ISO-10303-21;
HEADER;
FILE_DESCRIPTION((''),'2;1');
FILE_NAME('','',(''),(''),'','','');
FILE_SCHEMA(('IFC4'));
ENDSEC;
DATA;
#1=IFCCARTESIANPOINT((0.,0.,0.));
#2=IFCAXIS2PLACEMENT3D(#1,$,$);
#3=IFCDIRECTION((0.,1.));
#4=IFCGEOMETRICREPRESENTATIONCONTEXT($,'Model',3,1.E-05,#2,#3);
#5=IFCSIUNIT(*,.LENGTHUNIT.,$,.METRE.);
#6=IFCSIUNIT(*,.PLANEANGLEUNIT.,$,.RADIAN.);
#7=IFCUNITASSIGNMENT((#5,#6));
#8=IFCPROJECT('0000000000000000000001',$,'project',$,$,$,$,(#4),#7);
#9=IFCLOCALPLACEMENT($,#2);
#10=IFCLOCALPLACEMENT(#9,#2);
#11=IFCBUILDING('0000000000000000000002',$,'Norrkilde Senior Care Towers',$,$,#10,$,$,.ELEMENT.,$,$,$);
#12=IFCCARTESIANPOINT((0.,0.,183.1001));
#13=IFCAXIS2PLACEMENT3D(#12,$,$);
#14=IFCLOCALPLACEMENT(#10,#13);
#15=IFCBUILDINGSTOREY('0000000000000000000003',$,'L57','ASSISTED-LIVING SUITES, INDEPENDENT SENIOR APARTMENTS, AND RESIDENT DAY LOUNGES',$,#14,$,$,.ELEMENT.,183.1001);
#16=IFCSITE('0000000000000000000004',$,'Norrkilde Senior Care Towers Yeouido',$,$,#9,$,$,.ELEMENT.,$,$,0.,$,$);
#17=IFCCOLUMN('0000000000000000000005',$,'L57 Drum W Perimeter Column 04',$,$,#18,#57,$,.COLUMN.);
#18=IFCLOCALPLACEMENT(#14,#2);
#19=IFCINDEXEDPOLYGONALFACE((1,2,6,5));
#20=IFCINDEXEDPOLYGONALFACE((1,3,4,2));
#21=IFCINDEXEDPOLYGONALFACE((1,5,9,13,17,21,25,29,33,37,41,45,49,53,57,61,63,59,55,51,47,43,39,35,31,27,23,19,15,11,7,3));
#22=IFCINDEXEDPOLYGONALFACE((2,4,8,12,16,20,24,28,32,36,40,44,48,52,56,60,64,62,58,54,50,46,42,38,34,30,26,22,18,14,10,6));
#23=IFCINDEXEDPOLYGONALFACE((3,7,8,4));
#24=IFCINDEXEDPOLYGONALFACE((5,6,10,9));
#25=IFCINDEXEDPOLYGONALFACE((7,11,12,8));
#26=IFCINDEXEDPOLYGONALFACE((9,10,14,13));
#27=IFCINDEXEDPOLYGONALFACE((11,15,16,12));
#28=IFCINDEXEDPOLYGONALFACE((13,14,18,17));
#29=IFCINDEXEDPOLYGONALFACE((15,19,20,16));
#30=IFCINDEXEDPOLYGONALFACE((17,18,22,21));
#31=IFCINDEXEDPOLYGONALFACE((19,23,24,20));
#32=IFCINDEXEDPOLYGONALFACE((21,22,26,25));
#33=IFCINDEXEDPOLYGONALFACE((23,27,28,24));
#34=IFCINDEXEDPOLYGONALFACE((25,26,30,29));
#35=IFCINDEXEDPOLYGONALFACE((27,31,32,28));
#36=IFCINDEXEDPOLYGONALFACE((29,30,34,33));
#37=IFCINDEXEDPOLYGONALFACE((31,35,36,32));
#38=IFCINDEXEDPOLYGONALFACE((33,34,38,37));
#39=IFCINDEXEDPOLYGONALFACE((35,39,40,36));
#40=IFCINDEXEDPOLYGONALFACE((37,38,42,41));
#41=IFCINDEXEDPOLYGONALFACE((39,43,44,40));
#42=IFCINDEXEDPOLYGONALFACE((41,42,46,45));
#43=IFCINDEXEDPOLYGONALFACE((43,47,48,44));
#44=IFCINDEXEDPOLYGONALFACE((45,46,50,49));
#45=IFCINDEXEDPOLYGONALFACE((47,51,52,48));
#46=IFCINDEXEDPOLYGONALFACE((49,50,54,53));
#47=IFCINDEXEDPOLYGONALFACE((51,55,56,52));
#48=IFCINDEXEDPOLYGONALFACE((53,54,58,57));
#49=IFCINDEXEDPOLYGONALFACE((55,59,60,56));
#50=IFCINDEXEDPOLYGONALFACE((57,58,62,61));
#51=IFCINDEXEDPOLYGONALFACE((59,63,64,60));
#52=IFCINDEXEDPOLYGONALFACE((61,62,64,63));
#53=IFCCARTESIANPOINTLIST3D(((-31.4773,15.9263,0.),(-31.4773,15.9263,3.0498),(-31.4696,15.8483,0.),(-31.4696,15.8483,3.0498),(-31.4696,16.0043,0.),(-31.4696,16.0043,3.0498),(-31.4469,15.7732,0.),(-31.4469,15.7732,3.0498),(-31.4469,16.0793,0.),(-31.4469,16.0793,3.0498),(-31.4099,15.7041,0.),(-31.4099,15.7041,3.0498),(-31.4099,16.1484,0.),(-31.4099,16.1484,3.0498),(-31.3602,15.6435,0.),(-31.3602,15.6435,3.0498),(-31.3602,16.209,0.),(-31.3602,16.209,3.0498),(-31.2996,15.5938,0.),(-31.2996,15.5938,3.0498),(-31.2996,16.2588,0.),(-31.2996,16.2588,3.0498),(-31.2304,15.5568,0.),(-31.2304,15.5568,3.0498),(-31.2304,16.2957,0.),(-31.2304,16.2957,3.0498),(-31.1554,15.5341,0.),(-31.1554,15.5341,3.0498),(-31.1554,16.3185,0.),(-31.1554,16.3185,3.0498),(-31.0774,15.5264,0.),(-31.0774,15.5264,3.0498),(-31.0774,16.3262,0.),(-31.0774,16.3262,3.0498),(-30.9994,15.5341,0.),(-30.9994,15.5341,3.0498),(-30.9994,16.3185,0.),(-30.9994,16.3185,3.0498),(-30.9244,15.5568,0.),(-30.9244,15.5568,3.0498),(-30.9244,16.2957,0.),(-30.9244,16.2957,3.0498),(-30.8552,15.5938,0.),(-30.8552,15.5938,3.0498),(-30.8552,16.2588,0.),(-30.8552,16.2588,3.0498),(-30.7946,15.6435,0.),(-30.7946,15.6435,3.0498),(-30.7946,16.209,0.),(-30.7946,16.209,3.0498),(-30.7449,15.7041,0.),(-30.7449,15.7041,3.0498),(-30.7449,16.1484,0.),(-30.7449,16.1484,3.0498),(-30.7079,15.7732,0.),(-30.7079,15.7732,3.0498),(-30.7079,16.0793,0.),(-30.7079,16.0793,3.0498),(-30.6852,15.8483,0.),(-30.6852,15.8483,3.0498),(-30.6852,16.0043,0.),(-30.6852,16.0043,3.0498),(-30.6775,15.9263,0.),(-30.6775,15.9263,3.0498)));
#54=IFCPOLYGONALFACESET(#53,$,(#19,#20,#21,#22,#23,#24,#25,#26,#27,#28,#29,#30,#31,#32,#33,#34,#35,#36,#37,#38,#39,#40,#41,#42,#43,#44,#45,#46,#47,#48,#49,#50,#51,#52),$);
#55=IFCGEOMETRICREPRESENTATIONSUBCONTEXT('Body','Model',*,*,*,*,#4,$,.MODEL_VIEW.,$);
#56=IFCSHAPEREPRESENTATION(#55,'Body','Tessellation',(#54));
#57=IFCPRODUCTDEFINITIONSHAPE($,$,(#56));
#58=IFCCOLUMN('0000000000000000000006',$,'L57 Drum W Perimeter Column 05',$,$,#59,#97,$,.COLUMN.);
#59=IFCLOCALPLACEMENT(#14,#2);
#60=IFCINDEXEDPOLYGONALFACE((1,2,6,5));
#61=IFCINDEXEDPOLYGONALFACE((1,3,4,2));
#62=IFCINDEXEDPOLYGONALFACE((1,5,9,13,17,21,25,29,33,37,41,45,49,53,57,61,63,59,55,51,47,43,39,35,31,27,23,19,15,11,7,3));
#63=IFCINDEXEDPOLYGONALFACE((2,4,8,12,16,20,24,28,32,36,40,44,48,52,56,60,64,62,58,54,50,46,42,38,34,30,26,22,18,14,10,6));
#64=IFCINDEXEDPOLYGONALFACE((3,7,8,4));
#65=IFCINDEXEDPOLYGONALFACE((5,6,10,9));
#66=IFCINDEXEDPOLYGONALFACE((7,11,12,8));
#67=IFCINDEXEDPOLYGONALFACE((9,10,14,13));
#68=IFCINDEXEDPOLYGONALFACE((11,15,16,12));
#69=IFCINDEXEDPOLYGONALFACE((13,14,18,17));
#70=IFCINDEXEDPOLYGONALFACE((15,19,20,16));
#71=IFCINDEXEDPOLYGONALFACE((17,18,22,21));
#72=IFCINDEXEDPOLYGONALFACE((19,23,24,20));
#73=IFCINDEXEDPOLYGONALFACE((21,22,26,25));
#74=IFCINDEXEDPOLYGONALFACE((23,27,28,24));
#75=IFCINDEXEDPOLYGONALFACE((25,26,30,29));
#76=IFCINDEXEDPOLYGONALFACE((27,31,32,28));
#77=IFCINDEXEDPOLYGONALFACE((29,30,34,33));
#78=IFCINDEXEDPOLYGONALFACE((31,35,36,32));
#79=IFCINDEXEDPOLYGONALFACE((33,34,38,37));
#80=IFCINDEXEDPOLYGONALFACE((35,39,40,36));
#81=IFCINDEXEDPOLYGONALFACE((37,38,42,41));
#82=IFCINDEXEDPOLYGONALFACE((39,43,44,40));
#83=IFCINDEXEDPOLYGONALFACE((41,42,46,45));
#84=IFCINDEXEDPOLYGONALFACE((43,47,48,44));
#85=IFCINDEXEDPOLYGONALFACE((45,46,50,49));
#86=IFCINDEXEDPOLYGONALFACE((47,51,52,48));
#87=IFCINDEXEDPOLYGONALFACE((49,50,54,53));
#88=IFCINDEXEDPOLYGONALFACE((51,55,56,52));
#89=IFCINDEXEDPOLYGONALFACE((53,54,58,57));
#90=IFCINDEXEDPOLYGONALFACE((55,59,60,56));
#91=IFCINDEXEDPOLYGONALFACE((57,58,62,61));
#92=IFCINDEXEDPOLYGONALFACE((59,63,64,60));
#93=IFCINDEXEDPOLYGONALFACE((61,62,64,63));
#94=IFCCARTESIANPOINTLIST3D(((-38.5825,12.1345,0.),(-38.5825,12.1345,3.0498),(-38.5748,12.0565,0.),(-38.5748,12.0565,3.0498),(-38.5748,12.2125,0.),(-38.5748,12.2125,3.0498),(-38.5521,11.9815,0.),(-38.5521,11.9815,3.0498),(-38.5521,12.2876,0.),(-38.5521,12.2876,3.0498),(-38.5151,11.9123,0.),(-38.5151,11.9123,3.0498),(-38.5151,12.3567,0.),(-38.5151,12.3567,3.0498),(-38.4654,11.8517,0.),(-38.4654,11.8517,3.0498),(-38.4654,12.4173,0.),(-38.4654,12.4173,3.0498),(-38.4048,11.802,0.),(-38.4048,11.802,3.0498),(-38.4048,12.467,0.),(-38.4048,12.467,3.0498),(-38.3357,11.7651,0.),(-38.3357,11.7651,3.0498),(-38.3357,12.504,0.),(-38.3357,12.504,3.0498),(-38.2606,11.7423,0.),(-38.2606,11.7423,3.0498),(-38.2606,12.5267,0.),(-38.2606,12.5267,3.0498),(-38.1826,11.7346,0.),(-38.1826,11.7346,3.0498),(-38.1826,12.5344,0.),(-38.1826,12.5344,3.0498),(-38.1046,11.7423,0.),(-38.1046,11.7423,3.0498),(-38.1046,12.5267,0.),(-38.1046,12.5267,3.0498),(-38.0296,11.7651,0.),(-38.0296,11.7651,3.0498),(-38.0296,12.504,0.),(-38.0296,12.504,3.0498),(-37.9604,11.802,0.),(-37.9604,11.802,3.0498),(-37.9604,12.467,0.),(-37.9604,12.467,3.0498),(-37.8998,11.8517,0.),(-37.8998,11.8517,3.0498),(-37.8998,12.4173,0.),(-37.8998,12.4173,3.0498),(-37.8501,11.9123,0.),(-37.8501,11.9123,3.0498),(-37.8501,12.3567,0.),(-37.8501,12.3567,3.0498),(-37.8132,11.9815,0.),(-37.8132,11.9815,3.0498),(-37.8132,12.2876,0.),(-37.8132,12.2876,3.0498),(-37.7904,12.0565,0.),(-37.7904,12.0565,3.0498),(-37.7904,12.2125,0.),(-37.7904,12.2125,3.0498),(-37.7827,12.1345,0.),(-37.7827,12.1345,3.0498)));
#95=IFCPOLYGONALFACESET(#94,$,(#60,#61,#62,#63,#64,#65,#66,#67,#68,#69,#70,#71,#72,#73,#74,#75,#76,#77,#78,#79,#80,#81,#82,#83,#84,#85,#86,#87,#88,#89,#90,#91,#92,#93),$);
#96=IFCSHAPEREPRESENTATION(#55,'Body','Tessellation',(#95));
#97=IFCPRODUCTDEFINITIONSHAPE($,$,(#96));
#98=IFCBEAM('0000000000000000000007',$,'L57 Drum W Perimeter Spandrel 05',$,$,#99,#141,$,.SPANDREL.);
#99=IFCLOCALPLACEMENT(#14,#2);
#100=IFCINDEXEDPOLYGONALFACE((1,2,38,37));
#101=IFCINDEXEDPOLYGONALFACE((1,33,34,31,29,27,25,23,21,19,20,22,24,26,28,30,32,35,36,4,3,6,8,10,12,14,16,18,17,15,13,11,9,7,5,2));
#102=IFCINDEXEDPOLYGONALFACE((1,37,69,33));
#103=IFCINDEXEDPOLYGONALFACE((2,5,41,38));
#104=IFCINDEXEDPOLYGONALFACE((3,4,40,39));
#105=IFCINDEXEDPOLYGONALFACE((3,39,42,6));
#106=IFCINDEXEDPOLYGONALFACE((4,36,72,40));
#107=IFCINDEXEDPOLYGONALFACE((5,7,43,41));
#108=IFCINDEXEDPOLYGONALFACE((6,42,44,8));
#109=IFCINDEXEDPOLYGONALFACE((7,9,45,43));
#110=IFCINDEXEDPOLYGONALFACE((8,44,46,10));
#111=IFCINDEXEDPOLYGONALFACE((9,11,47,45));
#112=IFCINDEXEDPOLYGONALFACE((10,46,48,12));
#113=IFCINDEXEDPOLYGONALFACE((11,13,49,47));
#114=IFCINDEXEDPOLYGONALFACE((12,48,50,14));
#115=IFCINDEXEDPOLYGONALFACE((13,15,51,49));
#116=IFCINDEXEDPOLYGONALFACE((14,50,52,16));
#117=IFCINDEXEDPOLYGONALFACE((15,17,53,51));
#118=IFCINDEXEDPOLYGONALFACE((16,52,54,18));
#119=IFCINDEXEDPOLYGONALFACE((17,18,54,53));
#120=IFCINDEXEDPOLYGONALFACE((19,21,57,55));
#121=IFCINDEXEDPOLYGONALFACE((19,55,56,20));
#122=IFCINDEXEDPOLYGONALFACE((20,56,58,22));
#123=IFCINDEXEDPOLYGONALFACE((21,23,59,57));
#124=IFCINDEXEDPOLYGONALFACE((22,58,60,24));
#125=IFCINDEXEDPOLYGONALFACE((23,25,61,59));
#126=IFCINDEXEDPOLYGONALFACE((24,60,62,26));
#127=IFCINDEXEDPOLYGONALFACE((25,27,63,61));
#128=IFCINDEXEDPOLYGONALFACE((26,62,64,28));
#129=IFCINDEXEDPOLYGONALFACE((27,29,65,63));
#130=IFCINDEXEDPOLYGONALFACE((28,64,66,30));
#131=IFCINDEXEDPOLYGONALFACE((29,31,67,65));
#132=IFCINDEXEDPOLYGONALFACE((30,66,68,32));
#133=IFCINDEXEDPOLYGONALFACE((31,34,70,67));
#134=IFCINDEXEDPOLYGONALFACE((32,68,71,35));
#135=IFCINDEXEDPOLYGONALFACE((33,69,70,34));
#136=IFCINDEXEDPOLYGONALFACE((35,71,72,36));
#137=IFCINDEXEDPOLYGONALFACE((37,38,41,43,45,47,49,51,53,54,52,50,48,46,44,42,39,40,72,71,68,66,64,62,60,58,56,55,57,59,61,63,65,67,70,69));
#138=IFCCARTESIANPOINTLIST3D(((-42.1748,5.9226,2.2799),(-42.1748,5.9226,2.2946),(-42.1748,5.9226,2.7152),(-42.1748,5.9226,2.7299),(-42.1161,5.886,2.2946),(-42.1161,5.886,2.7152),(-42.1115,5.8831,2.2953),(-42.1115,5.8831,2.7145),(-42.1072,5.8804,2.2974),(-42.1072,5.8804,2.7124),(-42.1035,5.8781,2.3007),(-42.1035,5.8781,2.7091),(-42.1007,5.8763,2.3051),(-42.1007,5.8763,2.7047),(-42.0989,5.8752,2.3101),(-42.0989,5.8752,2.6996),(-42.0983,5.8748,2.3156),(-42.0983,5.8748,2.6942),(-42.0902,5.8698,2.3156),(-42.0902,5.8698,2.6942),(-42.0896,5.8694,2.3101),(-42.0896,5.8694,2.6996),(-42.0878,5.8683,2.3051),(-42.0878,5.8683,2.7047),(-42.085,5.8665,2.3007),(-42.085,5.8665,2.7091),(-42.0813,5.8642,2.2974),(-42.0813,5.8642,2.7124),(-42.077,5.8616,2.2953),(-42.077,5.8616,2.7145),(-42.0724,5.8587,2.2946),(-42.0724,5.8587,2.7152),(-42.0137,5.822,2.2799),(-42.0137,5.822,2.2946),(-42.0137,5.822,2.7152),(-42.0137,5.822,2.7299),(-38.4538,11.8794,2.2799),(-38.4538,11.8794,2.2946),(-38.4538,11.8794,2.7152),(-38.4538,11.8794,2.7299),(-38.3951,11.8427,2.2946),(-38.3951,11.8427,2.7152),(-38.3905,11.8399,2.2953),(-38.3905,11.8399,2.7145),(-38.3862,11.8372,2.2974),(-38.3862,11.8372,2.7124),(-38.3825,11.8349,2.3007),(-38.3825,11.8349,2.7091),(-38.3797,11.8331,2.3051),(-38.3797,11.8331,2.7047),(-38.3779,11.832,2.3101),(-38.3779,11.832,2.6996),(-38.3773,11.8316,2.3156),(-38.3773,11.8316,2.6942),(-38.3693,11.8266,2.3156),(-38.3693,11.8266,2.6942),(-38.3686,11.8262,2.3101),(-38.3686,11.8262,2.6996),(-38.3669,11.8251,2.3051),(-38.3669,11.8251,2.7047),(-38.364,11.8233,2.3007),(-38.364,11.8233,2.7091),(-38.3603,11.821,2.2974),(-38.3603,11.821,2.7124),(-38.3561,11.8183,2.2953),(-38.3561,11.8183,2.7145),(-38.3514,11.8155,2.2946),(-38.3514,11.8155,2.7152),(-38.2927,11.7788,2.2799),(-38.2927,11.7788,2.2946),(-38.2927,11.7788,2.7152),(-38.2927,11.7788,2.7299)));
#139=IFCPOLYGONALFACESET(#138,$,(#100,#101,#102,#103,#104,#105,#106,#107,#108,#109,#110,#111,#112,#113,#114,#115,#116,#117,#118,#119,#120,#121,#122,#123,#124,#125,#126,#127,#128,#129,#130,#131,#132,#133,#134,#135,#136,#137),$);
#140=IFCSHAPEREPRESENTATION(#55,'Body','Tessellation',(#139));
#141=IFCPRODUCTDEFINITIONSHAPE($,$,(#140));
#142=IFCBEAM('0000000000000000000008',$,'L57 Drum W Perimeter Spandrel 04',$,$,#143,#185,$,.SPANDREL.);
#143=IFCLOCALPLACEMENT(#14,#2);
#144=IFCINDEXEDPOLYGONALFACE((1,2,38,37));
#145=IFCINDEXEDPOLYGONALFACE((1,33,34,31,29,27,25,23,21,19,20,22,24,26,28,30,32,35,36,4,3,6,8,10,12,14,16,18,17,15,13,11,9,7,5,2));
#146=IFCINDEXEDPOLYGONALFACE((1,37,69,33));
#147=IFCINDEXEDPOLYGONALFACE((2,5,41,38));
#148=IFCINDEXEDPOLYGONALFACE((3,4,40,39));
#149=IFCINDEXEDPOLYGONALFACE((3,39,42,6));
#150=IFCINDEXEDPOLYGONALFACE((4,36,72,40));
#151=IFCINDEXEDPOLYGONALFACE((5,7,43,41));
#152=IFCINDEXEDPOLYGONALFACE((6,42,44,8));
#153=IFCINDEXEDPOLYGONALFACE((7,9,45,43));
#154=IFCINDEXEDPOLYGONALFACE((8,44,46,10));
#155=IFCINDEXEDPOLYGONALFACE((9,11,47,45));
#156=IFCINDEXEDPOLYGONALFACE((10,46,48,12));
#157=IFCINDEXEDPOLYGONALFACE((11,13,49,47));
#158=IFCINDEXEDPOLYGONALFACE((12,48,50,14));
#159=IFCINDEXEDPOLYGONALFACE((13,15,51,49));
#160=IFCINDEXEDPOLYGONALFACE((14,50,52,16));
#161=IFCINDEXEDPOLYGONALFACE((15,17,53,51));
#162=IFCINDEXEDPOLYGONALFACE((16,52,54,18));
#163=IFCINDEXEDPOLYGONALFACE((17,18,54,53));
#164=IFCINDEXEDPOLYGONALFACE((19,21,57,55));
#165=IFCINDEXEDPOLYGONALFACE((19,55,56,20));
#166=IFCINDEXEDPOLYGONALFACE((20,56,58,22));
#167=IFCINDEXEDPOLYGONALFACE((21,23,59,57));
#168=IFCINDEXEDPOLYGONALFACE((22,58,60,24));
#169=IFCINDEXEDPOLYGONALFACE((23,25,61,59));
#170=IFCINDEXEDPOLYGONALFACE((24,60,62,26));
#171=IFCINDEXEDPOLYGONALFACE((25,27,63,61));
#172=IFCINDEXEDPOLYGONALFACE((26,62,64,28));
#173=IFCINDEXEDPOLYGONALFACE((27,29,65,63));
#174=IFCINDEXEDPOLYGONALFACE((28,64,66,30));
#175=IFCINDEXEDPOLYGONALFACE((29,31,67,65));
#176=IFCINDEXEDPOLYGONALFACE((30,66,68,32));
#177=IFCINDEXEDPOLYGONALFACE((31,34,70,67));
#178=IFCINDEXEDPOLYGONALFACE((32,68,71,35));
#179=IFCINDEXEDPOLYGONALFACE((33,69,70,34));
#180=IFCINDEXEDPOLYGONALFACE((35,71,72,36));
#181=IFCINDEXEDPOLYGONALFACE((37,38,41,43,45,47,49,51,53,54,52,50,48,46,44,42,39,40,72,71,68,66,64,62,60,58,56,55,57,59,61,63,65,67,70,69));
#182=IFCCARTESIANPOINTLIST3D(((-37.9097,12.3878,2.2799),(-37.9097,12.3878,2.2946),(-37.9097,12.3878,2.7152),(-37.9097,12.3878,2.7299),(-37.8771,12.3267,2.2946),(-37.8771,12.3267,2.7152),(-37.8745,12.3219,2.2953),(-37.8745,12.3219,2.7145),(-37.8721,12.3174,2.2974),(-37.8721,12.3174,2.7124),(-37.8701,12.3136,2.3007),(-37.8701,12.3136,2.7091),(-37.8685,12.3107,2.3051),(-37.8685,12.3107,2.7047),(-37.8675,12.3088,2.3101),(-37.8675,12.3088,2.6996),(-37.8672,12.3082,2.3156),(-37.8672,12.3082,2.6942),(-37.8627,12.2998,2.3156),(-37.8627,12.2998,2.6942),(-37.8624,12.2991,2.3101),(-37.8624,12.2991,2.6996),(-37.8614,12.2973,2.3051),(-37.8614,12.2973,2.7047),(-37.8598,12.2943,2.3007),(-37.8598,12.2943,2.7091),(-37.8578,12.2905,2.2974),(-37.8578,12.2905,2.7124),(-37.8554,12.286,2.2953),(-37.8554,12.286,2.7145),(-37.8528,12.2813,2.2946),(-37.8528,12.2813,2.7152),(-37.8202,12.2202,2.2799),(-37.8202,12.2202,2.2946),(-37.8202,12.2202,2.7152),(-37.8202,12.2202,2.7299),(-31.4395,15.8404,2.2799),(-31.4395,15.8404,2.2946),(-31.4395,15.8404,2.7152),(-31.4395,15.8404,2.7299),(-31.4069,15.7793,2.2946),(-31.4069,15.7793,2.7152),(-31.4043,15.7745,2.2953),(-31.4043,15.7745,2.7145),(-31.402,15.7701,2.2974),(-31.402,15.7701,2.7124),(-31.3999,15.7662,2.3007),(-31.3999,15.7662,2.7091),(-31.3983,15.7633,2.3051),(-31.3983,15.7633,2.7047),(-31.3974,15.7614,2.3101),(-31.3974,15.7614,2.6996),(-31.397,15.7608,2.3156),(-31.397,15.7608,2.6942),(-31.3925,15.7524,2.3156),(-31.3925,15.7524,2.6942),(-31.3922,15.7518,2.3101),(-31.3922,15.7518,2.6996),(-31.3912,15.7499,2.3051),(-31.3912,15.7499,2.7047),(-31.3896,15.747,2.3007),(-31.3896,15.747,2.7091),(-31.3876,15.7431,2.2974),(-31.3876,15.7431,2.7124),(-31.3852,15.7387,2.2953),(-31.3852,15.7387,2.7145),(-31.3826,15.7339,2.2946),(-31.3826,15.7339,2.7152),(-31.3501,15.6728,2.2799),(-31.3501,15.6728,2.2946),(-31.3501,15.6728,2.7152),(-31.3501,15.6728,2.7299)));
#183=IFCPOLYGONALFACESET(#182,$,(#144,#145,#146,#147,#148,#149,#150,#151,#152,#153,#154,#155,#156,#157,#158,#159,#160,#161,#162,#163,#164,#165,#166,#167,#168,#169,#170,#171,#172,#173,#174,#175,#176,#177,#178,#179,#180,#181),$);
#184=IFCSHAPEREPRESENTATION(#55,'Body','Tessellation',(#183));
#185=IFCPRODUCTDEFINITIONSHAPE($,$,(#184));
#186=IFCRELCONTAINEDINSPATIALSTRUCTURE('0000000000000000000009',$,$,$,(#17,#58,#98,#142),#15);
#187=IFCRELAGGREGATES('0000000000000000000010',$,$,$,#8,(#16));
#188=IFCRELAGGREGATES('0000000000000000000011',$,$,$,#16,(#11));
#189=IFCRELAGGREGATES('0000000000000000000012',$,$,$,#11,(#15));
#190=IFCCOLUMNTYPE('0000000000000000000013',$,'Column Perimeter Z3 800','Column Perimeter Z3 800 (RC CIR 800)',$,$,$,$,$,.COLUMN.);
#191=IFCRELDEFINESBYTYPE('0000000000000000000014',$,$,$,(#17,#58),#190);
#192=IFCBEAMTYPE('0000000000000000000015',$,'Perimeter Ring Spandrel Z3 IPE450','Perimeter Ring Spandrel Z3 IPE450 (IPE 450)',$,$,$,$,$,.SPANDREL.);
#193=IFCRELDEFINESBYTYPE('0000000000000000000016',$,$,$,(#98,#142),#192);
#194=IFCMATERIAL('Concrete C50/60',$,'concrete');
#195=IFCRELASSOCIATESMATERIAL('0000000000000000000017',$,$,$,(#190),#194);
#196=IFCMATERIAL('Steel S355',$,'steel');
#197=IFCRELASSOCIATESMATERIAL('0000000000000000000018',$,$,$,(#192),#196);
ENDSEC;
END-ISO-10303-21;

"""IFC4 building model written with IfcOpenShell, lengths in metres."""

from ifc_helpers import new_model, si_unit, direction, frame, origin, origin_2d, place, context, subcontext, project, spatial, circle, i_section, extrude, source, transform, mapped, material, material_profile, profile_set, type_object, type_shapes, element, save


model = new_model("IFC4")

# Units and contexts
model_context = context("Model", 3, precision=1e-05, world=origin(), true_north=direction((0.0, 1.0)))
body_context = subcontext(model_context, "Body", "Model", "MODEL_VIEW")
ifc_project = project(units=[si_unit("LENGTHUNIT", "METRE"), si_unit("PLANEANGLEUNIT", "RADIAN")], contexts=[model_context])

# Site, building, storey
site_placement = place(None, origin())
site = spatial("IfcSite", under=ifc_project, at=site_placement, Name="Norrkilde Senior Care Towers Yeouido", CompositionType="ELEMENT", RefElevation=0.0)
building_placement = place(site_placement, origin())
building = spatial("IfcBuilding", under=site, at=building_placement, Name="Norrkilde Senior Care Towers", CompositionType="ELEMENT")
storey_placement = place(building_placement, frame((0.0, 0.0, 183.1001)))
storey = spatial("IfcBuildingStorey", under=building, at=storey_placement, Name="L57", Description="ASSISTED-LIVING SUITES, INDEPENDENT SENIOR APARTMENTS, AND RESIDENT DAY LOUNGES", CompositionType="ELEMENT", Elevation=183.1001)

# Columns
ifc_material_1 = material(Name="Concrete C50/60", Category="concrete")
ifc_material_profile_1 = material_profile(ifc_material_1, circle(Radius=0.3999, at=origin_2d()), Name="RC CIR 800")
ifc_profile_set_1 = profile_set([ifc_material_profile_1], Name="Concrete C50/60")
column_type = type_object("IfcColumnType", Name="Column Perimeter Z3 800", Description="Column Perimeter Z3 800 (RC CIR 800)", PredefinedType="COLUMN", material=ifc_profile_set_1)
shared_shape_1 = source(origin(), body_context, "Body", "SweptSolid", [
    extrude(circle(Radius=0.3999, at=origin_2d()), origin(), (0.0, 0.0, 1.0), 3.0498),
])
type_shapes(column_type, [shared_shape_1])
for number, where, z_axis, x_axis, name in (
    (1, (-31.0774, 15.9263, 0.0), (0.0, 0.0, 1.0), (1.0, 0.0, 0.0), "L57 Drum W Perimeter Column 04"),
    (2, (-38.1826, 12.1345, 0.0), (0.0, 0.0, 1.0), (1.0, 0.0, 0.0), "L57 Drum W Perimeter Column 05"),
):
    element("IfcColumn", number, at=place(storey_placement, frame(where, z_axis=z_axis, x_axis=x_axis)), inside=storey, type_object=column_type, Name=name, PredefinedType="COLUMN", context=body_context, shape_type="MappedRepresentation", body=[
        mapped(shared_shape_1, transform((0.0, 0.0, 0.0), x_axis=(1.0, 0.0, 0.0), y_axis=(0.0, 1.0, 0.0), z_axis=(0.0, 0.0, 1.0), scale=1.0)),
    ])

# Beams
ifc_material_2 = material(Name="Steel S355", Category="steel")
ifc_material_profile_2 = material_profile(ifc_material_2, i_section(OverallWidth=0.1899, OverallDepth=0.45, WebThickness=0.0095, FlangeThickness=0.0146, FilletRadius=0.021, at=origin_2d()), Name="IPE 450")
ifc_profile_set_2 = profile_set([ifc_material_profile_2], Name="Steel S355")
beam_type_1 = type_object("IfcBeamType", Name="Perimeter Ring Spandrel Z3 IPE450", Description="Perimeter Ring Spandrel Z3 IPE450 (IPE 450)", PredefinedType="SPANDREL", material=ifc_profile_set_2)
shared_shape_2 = source(origin(), body_context, "Body", "SweptSolid", [
    extrude(i_section(OverallWidth=0.1899, OverallDepth=0.45, WebThickness=0.0095, FlangeThickness=0.0146, FilletRadius=0.021, at=origin_2d()), origin(), (0.0, 0.0, 1.0), 7.0234),
])
beam_1_placement = place(storey_placement, frame((-38.3733, 11.8291, 2.5049), z_axis=(-0.52979, -0.848129, 0.0), x_axis=(0.848129, -0.52979, 0.0)))
element("IfcBeam", 3, at=beam_1_placement, inside=storey, type_object=beam_type_1, Name="L57 Drum W Perimeter Spandrel 05", PredefinedType="SPANDREL", context=body_context, shape_type="MappedRepresentation", body=[
    mapped(shared_shape_2, transform((0.0, 0.0, 0.0), x_axis=(1.0, 0.0, 0.0), y_axis=(0.0, 1.0, 0.0), z_axis=(0.0, 0.0, 1.0), scale=1.0)),
])
shared_shape_3 = source(origin(), body_context, "Body", "SweptSolid", [
    extrude(i_section(OverallWidth=0.1899, OverallDepth=0.45, WebThickness=0.0095, FlangeThickness=0.0146, FilletRadius=0.021, at=origin_2d()), origin(), (0.0, 0.0, 1.0), 7.3337),
])
type_shapes(beam_type_1, [shared_shape_2, shared_shape_3])
beam_2_placement = place(storey_placement, frame((-31.3948, 15.7566, 2.5049), z_axis=(-0.882248, -0.470785, 0.0), x_axis=(0.470785, -0.882248, 0.0)))
element("IfcBeam", 4, at=beam_2_placement, inside=storey, type_object=beam_type_1, Name="L57 Drum W Perimeter Spandrel 04", PredefinedType="SPANDREL", context=body_context, shape_type="MappedRepresentation", body=[
    mapped(shared_shape_3, transform((0.0, 0.0, 0.0), x_axis=(1.0, 0.0, 0.0), y_axis=(0.0, 1.0, 0.0), z_axis=(0.0, 0.0, 1.0), scale=1.0)),
])

save(model, "model.ifc")
